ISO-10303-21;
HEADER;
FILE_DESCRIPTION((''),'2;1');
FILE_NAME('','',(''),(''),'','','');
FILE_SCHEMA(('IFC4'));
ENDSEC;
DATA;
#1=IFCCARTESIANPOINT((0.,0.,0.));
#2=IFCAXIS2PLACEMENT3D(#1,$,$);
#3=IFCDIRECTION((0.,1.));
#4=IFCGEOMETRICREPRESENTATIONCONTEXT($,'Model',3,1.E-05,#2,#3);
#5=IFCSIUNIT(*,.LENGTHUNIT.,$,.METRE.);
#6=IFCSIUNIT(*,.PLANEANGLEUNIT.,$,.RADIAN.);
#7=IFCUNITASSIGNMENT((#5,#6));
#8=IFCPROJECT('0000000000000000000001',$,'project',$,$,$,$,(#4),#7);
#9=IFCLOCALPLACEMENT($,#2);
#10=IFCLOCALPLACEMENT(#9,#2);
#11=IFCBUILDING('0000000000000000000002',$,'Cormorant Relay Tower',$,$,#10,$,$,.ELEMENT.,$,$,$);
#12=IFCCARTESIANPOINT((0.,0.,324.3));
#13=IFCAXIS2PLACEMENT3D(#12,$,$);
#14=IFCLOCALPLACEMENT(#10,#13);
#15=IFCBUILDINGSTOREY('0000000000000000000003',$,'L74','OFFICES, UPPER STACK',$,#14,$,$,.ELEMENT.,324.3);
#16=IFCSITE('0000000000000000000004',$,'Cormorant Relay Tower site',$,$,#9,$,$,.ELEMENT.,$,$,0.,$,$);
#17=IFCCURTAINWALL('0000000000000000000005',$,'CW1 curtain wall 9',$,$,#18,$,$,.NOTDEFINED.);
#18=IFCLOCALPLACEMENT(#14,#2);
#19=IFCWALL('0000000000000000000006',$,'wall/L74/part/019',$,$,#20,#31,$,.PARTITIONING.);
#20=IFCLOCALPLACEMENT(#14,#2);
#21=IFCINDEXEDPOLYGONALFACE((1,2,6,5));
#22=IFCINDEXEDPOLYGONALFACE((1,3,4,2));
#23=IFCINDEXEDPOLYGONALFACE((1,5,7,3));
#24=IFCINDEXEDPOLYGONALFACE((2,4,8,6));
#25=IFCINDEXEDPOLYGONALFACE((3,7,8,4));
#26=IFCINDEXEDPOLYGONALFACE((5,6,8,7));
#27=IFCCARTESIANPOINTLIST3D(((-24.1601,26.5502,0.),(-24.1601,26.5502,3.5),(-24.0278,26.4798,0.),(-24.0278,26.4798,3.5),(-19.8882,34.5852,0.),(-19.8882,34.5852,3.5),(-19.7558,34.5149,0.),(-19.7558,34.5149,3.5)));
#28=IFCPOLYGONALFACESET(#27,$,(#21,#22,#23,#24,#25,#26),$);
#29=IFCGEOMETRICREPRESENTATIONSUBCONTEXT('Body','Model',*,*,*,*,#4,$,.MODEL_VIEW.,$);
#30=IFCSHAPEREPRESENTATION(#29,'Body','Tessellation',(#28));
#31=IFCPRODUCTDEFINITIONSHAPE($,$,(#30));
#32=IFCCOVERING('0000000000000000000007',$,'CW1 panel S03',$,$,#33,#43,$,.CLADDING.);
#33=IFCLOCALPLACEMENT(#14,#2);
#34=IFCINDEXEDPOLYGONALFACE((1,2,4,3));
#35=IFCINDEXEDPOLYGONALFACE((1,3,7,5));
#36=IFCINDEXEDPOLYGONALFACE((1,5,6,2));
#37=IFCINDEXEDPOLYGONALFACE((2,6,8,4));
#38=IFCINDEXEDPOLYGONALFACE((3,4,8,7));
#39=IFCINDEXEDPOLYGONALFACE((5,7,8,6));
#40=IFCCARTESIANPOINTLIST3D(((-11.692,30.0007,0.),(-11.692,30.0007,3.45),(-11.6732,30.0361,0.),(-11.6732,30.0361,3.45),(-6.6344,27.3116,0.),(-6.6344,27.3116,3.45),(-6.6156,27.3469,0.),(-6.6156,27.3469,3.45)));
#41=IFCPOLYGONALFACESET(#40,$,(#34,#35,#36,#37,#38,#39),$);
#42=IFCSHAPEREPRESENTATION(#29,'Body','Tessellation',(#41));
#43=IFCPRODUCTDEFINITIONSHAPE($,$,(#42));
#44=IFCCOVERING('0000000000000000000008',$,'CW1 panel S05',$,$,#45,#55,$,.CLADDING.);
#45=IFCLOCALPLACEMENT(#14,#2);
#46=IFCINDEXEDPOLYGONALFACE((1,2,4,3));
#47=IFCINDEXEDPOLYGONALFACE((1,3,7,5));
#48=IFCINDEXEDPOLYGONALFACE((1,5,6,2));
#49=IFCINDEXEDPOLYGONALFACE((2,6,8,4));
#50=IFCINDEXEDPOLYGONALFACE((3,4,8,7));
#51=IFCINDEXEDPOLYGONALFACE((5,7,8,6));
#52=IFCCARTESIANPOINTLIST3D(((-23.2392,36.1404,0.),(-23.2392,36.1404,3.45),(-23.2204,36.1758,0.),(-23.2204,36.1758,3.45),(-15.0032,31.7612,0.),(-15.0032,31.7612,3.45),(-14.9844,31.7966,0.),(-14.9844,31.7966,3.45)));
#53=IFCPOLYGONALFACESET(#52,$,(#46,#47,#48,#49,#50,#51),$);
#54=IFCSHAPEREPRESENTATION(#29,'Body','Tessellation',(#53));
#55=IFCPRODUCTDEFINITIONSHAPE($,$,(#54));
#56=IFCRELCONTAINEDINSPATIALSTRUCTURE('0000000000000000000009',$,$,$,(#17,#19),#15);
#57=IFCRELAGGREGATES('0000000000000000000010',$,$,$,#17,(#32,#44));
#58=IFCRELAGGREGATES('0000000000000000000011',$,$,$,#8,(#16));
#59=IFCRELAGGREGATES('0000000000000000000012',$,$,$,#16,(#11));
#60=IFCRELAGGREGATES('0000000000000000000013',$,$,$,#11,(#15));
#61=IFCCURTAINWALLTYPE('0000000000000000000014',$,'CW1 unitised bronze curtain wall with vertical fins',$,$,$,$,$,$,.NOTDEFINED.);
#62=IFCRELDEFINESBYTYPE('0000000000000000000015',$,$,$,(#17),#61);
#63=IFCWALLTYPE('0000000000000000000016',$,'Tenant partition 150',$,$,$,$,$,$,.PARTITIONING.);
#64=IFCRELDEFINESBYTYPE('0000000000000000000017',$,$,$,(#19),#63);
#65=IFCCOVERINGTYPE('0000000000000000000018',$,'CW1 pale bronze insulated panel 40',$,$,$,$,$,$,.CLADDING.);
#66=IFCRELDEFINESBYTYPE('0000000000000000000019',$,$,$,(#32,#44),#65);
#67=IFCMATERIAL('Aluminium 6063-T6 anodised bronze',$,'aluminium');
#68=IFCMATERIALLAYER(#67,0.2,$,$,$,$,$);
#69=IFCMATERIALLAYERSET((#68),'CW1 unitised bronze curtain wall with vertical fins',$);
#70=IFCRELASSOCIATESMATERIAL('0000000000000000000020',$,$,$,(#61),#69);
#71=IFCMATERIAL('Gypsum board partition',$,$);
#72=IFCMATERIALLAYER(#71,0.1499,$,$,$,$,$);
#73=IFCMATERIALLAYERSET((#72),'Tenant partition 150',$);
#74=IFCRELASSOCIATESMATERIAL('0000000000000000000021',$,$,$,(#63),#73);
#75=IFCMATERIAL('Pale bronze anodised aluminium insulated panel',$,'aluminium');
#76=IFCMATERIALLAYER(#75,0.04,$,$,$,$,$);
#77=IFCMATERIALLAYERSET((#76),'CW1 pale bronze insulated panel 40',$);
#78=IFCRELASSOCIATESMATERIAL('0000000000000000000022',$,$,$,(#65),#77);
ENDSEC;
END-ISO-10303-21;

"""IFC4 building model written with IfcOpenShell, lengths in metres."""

from ifc_helpers import new_model, si_unit, direction, frame, frame_2d, origin, origin_2d, place, context, subcontext, project, spatial, rectangle, extrude, material, layer, layer_set, type_object, element, aggregate, save


model = new_model("IFC4")

# Units and contexts
model_context = context("Model", 3, precision=1e-05, world=origin(), true_north=direction((0.0, 1.0)))
body_context = subcontext(model_context, "Body", "Model", "MODEL_VIEW")
ifc_project = project(units=[si_unit("LENGTHUNIT", "METRE"), si_unit("PLANEANGLEUNIT", "RADIAN")], contexts=[model_context])

# Site, building, storey
site_placement = place(None, origin())
site = spatial("IfcSite", under=ifc_project, at=site_placement, Name="Cormorant Relay Tower site", CompositionType="ELEMENT", RefElevation=0.0)
building_placement = place(site_placement, origin())
building = spatial("IfcBuilding", under=site, at=building_placement, Name="Cormorant Relay Tower", CompositionType="ELEMENT")
storey_placement = place(building_placement, frame((0.0, 0.0, 324.3)))
storey = spatial("IfcBuildingStorey", under=building, at=storey_placement, Name="L74", Description="OFFICES, UPPER STACK", CompositionType="ELEMENT", Elevation=324.3)

# Curtain wall
ifc_material_1 = material(Name="Aluminium 6063-T6 anodised bronze", Category="aluminium")
ifc_layer_1 = layer(ifc_material_1, 0.2)
ifc_layer_set_1 = layer_set([ifc_layer_1], Name="CW1 unitised bronze curtain wall with vertical fins")
curtain_wall_type = type_object("IfcCurtainWallType", Name="CW1 unitised bronze curtain wall with vertical fins", PredefinedType="NOTDEFINED", material=ifc_layer_set_1)
curtain_wall_placement = place(storey_placement, origin())
curtain_wall = element("IfcCurtainWall", 1, at=curtain_wall_placement, inside=storey, type_object=curtain_wall_type, Name="CW1 curtain wall 9", PredefinedType="NOTDEFINED")

# Wall
ifc_material_2 = material(Name="Gypsum board partition")
ifc_layer_2 = layer(ifc_material_2, 0.1499)
ifc_layer_set_2 = layer_set([ifc_layer_2], Name="Tenant partition 150")
wall_type_1 = type_object("IfcWallType", Name="Tenant partition 150", PredefinedType="PARTITIONING", material=ifc_layer_set_2)
wall_1_placement = place(storey_placement, frame((-19.822, 34.55, 0.0), z_axis=(0.0, 0.0, 1.0), x_axis=(-0.469438, -0.882966, 0.0)))
element("IfcWall", 2, at=wall_1_placement, inside=storey, type_object=wall_type_1, Name="wall/L74/part/019", PredefinedType="PARTITIONING", context=body_context, shape_type="SweptSolid", body=[
    extrude(rectangle(XDim=9.1001, YDim=0.1499, at=frame_2d((4.55, 0.0))), origin(), (0.0, 0.0, 1.0), 3.5),
])

# Coverings
ifc_material_3 = material(Name="Pale bronze anodised aluminium insulated panel", Category="aluminium")
ifc_layer_3 = layer(ifc_material_3, 0.04)
ifc_layer_set_3 = layer_set([ifc_layer_3], Name="CW1 pale bronze insulated panel 40")
covering_type = type_object("IfcCoveringType", Name="CW1 pale bronze insulated panel 40", PredefinedType="CLADDING", material=ifc_layer_set_3)
covering_1_placement = place(storey_placement, frame((-9.1538, 28.6738, 0.0), z_axis=(0.0, 0.0, 1.0), x_axis=(-0.882948, 0.469472, 0.0)))
covering_1 = element("IfcCovering", 3, at=covering_1_placement, type_object=covering_type, Name="CW1 panel S03", PredefinedType="CLADDING", context=body_context, shape_type="SweptSolid", body=[
    extrude(rectangle(XDim=5.728, YDim=0.04, at=origin_2d()), origin(), (0.0, 0.0, 1.0), 3.45),
])
covering_2_placement = place(storey_placement, frame((-19.1118, 33.9685, 0.0), z_axis=(0.0, 0.0, 1.0), x_axis=(-0.882948, 0.469472, 0.0)))
covering_2 = element("IfcCovering", 4, at=covering_2_placement, type_object=covering_type, Name="CW1 panel S05", PredefinedType="CLADDING", context=body_context, shape_type="SweptSolid", body=[
    extrude(rectangle(XDim=9.3279, YDim=0.04, at=origin_2d()), origin(), (0.0, 0.0, 1.0), 3.45),
])
aggregate(curtain_wall, [covering_1, covering_2])

save(model, "model.ifc")
